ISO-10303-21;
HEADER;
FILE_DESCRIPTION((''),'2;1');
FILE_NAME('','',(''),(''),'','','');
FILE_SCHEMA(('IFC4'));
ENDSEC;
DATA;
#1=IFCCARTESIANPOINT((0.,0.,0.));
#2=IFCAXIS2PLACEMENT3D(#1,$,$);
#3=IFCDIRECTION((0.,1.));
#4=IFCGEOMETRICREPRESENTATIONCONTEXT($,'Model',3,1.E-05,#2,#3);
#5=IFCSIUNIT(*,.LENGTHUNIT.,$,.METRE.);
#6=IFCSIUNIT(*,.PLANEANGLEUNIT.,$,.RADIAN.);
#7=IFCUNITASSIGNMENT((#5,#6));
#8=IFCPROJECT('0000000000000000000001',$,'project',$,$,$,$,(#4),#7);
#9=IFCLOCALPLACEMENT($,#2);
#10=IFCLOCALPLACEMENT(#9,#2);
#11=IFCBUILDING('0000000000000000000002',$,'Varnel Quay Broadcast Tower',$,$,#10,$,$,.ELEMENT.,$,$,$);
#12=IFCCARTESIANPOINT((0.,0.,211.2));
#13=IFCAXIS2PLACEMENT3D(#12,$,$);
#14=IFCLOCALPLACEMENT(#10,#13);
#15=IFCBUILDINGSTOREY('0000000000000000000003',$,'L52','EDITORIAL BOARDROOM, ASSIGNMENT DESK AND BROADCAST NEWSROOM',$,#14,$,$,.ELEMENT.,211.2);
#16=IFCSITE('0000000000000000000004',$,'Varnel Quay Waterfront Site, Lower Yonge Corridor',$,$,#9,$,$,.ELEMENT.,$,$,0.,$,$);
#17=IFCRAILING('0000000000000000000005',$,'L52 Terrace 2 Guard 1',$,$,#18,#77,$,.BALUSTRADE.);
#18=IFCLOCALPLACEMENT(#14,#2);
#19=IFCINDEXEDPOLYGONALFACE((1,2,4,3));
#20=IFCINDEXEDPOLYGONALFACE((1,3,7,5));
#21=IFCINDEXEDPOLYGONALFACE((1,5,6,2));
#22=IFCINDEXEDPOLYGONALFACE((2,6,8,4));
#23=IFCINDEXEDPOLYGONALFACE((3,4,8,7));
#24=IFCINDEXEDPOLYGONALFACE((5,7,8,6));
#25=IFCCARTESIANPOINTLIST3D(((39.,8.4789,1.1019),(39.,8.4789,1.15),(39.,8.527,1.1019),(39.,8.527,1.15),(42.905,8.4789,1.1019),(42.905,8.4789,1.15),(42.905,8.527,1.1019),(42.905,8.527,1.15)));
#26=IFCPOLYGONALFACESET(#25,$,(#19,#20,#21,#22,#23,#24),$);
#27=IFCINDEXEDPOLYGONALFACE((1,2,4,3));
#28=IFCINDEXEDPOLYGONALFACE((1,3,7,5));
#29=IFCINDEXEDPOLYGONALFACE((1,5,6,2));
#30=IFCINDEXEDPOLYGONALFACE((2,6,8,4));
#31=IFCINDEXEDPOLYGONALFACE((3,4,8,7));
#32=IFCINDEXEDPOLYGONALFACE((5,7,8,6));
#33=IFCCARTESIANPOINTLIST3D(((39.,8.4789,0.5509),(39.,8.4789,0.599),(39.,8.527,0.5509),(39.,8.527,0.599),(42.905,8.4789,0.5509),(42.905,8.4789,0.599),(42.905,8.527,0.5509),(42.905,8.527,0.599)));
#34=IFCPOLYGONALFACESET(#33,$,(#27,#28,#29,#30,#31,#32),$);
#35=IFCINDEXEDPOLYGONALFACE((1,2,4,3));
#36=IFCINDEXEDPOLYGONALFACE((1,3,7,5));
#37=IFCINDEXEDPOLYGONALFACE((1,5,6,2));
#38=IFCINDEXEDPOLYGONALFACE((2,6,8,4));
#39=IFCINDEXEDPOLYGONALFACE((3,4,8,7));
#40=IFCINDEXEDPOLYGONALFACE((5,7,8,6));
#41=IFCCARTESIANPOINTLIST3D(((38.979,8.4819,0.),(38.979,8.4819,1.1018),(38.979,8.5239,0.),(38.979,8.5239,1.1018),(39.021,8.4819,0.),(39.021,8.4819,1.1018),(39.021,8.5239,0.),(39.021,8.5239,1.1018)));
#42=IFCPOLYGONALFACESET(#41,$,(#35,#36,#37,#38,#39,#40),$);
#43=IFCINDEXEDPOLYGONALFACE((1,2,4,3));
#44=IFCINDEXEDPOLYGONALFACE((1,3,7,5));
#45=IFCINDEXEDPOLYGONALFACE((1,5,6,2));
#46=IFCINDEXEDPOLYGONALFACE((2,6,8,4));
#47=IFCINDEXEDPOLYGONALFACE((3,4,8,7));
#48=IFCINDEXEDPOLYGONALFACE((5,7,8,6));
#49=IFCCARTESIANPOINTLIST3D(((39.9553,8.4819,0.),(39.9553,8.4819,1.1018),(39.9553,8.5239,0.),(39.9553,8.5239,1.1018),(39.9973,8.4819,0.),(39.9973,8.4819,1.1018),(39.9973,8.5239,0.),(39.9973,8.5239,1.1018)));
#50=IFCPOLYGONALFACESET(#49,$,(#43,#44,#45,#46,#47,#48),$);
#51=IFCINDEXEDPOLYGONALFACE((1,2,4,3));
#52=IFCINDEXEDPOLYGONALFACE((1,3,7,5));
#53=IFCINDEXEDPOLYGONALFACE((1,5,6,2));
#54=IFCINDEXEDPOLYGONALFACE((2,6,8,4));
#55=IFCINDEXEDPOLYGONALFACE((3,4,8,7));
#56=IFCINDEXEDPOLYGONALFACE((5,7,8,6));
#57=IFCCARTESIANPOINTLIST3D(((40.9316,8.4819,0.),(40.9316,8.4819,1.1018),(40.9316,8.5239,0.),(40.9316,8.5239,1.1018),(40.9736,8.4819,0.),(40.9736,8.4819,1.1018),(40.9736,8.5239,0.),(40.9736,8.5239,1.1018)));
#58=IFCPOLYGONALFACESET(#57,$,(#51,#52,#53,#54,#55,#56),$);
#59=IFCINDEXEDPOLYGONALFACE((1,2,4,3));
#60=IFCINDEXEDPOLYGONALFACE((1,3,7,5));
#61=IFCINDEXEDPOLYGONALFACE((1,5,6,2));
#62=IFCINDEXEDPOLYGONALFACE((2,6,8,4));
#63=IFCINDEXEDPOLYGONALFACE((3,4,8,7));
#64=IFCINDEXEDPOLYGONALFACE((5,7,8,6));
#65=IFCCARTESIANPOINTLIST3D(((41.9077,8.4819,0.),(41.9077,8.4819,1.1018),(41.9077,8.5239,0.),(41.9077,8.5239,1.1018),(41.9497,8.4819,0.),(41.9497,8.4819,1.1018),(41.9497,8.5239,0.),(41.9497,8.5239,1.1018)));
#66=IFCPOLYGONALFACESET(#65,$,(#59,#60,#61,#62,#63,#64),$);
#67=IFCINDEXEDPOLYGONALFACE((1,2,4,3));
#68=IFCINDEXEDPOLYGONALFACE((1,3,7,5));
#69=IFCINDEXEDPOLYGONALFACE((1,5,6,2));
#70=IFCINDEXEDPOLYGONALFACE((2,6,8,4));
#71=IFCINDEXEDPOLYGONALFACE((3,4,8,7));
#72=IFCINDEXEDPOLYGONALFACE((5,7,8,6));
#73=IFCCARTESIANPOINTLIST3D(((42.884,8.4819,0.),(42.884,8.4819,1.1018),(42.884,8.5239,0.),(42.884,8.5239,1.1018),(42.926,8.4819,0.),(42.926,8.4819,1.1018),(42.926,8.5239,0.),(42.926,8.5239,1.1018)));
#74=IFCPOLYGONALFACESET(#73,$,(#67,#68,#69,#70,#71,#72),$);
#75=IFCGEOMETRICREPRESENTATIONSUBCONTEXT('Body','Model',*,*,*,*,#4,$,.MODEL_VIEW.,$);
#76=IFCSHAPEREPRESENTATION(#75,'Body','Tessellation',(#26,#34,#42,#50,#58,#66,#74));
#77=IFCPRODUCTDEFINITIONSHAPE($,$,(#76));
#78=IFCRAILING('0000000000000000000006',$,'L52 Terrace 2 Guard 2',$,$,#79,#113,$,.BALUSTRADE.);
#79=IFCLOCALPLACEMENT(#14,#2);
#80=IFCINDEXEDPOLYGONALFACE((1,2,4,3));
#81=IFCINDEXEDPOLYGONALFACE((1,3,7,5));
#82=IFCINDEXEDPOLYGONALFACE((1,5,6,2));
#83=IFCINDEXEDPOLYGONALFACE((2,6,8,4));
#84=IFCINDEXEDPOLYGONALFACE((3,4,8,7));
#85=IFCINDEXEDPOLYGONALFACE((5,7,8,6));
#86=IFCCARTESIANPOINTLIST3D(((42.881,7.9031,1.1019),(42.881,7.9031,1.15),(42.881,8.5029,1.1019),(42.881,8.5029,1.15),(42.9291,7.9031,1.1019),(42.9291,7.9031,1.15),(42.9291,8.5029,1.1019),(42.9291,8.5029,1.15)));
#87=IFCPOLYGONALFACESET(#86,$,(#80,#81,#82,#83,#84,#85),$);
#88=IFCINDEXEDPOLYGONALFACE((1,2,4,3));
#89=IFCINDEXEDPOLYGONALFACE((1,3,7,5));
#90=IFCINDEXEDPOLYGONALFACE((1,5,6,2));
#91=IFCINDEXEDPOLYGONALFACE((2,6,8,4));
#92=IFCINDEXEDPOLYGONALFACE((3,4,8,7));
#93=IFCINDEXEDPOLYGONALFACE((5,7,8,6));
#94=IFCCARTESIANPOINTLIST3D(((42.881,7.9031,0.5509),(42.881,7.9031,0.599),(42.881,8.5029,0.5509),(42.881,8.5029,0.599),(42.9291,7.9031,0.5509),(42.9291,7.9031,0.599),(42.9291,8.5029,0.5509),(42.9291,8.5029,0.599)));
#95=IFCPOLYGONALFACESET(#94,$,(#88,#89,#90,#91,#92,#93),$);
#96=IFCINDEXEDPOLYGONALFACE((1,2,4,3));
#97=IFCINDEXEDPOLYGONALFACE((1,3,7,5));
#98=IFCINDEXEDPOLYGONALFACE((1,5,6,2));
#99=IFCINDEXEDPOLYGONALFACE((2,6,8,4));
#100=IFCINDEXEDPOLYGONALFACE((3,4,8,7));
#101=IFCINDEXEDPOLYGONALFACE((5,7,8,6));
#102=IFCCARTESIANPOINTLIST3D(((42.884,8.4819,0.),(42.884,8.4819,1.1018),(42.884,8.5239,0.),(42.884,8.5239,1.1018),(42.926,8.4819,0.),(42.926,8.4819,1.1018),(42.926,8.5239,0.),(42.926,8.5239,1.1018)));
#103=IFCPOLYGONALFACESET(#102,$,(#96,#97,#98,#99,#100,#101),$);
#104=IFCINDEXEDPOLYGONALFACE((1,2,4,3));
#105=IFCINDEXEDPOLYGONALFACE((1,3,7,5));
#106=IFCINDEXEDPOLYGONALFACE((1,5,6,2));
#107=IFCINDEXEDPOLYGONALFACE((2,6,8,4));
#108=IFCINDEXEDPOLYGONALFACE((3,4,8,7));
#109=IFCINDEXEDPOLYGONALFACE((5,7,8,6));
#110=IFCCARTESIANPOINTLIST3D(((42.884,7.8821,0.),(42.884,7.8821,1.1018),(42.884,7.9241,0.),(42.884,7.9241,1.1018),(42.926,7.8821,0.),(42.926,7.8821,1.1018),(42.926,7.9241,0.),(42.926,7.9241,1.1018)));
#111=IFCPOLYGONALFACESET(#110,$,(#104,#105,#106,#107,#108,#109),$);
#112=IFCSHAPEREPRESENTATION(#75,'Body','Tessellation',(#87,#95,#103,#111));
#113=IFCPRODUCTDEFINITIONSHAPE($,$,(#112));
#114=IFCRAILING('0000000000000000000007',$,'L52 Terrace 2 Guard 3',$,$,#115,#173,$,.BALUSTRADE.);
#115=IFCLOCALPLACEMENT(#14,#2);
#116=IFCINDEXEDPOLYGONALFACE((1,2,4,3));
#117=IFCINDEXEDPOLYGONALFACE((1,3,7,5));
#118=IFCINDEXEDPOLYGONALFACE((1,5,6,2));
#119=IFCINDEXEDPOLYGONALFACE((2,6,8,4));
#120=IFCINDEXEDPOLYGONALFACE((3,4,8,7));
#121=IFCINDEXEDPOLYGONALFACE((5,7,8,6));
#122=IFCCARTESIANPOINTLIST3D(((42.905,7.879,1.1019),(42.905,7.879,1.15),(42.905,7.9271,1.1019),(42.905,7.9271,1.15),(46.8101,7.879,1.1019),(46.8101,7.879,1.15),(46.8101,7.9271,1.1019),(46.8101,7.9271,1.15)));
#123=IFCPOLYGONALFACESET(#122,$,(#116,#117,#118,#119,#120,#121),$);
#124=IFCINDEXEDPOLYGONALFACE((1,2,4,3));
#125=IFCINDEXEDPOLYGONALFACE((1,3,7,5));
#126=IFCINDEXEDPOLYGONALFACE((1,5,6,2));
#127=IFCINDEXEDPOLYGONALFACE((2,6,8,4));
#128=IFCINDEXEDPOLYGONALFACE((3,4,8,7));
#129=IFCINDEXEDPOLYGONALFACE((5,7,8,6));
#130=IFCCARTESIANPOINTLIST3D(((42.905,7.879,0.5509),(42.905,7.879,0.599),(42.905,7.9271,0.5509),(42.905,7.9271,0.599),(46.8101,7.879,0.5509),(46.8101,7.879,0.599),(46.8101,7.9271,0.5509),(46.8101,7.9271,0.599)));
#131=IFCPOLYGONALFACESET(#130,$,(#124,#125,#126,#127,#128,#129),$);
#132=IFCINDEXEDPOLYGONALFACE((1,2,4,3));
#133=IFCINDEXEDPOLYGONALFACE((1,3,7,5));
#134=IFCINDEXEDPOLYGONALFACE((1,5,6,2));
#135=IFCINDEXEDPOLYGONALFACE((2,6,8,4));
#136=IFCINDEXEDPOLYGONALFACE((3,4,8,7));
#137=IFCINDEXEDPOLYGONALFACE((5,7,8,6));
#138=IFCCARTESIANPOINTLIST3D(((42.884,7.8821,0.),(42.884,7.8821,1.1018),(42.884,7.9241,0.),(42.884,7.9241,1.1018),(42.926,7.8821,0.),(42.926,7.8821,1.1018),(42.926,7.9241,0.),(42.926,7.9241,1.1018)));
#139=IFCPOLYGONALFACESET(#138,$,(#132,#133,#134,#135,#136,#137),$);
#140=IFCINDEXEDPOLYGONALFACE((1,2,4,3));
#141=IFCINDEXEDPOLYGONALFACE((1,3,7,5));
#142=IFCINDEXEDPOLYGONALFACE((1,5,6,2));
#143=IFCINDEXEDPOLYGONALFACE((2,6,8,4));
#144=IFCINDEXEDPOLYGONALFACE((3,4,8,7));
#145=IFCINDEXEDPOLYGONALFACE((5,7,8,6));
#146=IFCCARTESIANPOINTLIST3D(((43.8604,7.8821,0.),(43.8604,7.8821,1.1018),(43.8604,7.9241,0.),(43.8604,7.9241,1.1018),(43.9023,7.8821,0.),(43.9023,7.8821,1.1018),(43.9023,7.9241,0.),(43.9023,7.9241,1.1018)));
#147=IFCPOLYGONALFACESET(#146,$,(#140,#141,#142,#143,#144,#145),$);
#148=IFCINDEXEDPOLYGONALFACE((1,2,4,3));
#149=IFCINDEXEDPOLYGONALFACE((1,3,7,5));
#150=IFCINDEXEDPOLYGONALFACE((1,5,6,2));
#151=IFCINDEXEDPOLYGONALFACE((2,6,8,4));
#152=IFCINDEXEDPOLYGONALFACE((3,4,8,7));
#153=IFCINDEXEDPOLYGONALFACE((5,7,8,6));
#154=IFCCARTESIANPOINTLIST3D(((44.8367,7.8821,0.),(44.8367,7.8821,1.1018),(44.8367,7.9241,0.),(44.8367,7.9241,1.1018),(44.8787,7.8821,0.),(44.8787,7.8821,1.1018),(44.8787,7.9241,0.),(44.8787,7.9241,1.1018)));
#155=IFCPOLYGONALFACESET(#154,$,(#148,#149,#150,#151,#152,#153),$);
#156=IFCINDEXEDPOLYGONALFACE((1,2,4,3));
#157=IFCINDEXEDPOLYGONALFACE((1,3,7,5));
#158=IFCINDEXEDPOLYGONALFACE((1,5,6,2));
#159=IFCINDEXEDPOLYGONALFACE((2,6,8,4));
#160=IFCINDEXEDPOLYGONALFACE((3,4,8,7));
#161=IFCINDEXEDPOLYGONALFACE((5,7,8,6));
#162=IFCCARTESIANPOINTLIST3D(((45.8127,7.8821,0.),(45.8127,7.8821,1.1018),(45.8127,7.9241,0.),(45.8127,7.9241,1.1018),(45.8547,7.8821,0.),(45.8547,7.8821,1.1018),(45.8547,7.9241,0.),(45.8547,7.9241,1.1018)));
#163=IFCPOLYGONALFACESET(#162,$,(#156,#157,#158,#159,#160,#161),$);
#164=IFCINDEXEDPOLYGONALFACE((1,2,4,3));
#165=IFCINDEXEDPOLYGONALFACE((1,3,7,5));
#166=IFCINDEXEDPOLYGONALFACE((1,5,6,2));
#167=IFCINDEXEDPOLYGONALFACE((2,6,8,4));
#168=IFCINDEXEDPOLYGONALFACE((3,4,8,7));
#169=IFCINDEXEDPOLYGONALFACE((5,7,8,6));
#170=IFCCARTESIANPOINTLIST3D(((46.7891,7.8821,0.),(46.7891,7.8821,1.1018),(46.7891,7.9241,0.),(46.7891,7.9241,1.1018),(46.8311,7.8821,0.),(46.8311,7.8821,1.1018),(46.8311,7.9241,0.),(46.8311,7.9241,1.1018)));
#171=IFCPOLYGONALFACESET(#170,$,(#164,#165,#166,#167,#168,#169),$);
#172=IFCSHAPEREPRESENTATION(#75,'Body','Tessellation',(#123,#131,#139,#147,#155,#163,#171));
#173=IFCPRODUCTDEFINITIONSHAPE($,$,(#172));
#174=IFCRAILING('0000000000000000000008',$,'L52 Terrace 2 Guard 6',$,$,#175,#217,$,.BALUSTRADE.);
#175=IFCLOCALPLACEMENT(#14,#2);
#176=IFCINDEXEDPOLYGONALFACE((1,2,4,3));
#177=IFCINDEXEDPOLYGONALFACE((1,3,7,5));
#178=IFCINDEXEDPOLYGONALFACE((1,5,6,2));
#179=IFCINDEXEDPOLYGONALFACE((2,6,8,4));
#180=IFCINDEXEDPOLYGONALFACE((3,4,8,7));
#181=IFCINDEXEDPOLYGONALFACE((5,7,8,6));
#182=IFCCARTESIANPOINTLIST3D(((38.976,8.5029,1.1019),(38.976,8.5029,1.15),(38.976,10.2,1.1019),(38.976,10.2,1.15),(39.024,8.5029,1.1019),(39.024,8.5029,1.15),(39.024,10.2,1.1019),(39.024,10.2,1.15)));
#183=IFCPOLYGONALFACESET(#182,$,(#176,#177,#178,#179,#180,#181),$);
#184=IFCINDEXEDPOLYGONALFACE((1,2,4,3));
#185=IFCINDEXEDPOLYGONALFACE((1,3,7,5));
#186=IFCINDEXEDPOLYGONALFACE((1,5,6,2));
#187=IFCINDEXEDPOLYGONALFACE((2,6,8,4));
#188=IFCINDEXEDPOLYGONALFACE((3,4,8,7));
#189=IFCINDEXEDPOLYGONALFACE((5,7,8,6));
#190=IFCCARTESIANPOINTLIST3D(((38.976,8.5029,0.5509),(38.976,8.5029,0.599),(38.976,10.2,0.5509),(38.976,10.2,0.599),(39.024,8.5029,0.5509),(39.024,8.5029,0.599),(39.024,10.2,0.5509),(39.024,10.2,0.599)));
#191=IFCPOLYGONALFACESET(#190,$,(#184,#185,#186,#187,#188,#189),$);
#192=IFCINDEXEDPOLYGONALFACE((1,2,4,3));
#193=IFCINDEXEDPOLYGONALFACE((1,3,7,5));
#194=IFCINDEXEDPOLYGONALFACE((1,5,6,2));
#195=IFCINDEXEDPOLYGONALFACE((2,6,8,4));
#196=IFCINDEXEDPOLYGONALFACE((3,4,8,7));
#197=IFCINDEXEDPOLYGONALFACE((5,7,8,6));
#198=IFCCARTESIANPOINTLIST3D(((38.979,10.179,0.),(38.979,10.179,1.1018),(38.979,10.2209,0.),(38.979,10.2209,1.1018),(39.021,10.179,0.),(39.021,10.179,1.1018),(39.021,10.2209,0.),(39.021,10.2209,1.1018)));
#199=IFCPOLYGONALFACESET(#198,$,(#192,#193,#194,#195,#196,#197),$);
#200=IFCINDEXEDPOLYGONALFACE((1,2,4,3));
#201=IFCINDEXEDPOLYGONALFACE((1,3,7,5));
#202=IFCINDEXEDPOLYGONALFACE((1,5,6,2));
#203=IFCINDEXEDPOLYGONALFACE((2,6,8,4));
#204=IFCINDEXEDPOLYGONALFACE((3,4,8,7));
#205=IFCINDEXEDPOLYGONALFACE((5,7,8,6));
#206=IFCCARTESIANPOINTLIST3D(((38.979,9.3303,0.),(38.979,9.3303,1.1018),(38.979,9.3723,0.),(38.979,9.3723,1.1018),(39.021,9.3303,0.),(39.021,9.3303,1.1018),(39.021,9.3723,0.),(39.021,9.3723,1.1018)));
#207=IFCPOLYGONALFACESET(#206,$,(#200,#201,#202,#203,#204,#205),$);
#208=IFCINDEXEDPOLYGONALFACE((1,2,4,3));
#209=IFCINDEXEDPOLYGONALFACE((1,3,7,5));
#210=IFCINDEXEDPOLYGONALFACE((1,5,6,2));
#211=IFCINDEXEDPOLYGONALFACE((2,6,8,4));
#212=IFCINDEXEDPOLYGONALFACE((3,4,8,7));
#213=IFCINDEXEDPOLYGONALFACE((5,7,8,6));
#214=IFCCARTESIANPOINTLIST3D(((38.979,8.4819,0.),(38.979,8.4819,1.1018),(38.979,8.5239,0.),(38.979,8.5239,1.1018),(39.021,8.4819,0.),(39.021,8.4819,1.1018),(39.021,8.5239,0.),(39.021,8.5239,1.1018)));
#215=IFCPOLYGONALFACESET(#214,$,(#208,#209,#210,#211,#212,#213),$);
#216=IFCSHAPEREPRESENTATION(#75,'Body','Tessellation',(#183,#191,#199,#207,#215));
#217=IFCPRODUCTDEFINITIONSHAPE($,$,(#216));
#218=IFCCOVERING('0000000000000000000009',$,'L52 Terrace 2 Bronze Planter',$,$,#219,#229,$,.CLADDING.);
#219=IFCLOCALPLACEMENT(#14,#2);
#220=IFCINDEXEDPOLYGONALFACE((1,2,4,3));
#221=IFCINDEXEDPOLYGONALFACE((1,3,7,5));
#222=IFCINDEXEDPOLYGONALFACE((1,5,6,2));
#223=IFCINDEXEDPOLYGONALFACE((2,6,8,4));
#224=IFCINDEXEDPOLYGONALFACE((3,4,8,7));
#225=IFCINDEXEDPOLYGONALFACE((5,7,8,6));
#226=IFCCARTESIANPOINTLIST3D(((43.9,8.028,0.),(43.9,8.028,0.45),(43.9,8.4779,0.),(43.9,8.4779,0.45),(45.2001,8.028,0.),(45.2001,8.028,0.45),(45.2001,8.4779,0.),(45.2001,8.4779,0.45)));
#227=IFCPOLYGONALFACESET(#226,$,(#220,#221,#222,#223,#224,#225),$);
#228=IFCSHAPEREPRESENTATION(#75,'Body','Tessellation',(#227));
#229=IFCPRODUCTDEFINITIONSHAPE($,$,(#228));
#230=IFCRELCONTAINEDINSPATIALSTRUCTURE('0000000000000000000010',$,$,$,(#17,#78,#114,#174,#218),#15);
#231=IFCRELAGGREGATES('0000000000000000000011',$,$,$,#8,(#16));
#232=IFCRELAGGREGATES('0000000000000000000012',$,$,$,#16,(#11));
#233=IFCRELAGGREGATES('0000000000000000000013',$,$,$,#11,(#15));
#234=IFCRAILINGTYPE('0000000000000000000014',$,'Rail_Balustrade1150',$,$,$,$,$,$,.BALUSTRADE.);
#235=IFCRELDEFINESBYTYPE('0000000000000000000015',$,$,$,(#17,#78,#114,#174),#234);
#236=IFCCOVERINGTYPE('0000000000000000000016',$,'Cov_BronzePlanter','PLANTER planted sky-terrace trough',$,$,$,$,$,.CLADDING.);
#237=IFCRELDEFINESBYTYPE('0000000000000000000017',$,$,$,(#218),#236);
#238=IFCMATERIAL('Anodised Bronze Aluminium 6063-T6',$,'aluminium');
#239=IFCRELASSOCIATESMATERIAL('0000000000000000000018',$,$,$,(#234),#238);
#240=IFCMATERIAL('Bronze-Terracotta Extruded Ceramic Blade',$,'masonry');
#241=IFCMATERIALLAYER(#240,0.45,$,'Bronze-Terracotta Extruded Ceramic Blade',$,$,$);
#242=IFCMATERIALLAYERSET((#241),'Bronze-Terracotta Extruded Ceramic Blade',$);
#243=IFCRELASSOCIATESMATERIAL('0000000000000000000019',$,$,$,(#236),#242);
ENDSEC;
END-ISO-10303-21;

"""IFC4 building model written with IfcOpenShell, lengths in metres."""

from ifc_helpers import new_model, si_unit, direction, frame, origin, origin_2d, place, context, subcontext, project, spatial, rectangle, extrude, source, transform, mapped, material, layer, layer_set, type_object, type_shapes, element, save


model = new_model("IFC4")

# Units and contexts
model_context = context("Model", 3, precision=1e-05, world=origin(), true_north=direction((0.0, 1.0)))
body_context = subcontext(model_context, "Body", "Model", "MODEL_VIEW")
ifc_project = project(units=[si_unit("LENGTHUNIT", "METRE"), si_unit("PLANEANGLEUNIT", "RADIAN")], contexts=[model_context])

# Site, building, storey
site_placement = place(None, origin())
site = spatial("IfcSite", under=ifc_project, at=site_placement, Name="Varnel Quay Waterfront Site, Lower Yonge Corridor", CompositionType="ELEMENT", RefElevation=0.0)
building_placement = place(site_placement, origin())
building = spatial("IfcBuilding", under=site, at=building_placement, Name="Varnel Quay Broadcast Tower", CompositionType="ELEMENT")
storey_placement = place(building_placement, frame((0.0, 0.0, 211.2)))
storey = spatial("IfcBuildingStorey", under=building, at=storey_placement, Name="L52", Description="EDITORIAL BOARDROOM, ASSIGNMENT DESK AND BROADCAST NEWSROOM", CompositionType="ELEMENT", Elevation=211.2)

# Shared definitions
ifc_material_1 = material(Name="Anodised Bronze Aluminium 6063-T6", Category="aluminium")

# Railings
railing_type = type_object("IfcRailingType", Name="Rail_Balustrade1150", PredefinedType="BALUSTRADE", material=ifc_material_1)
railing_1_placement = place(storey_placement, frame((39.0, 8.5029, 0.0)))
element("IfcRailing", 1, at=railing_1_placement, inside=storey, type_object=railing_type, Name="L52 Terrace 2 Guard 1", PredefinedType="BALUSTRADE", context=body_context, shape_type="SweptSolid", body=[
    extrude(rectangle(XDim=0.0481, YDim=0.0481, at=origin_2d()), frame((0.0, 0.0, 1.126), z_axis=(1.0, 0.0, 0.0), x_axis=(0.0, 1.0, 0.0)), (0.0, 0.0, 1.0), 3.905),
    extrude(rectangle(XDim=0.0481, YDim=0.0481, at=origin_2d()), frame((0.0, 0.0, 0.575), z_axis=(1.0, 0.0, 0.0), x_axis=(0.0, 1.0, 0.0)), (0.0, 0.0, 1.0), 3.905),
    extrude(rectangle(XDim=0.042, YDim=0.042, at=origin_2d()), origin(), (0.0, 0.0, 1.0), 1.1018),
    extrude(rectangle(XDim=0.042, YDim=0.042, at=origin_2d()), frame((0.9763, 0.0, 0.0)), (0.0, 0.0, 1.0), 1.1018),
    extrude(rectangle(XDim=0.042, YDim=0.042, at=origin_2d()), frame((1.9526, 0.0, 0.0)), (0.0, 0.0, 1.0), 1.1018),
    extrude(rectangle(XDim=0.042, YDim=0.042, at=origin_2d()), frame((2.9287, 0.0, 0.0)), (0.0, 0.0, 1.0), 1.1018),
    extrude(rectangle(XDim=0.042, YDim=0.042, at=origin_2d()), frame((3.905, 0.0, 0.0)), (0.0, 0.0, 1.0), 1.1018),
])
railing_2_placement = place(storey_placement, frame((42.905, 8.5029, 0.0)))
element("IfcRailing", 2, at=railing_2_placement, inside=storey, type_object=railing_type, Name="L52 Terrace 2 Guard 2", PredefinedType="BALUSTRADE", context=body_context, shape_type="SweptSolid", body=[
    extrude(rectangle(XDim=0.0481, YDim=0.0481, at=origin_2d()), frame((0.0, 0.0, 1.126), z_axis=(0.0, -1.0, 0.0), x_axis=(1.0, 0.0, 0.0)), (0.0, 0.0, 1.0), 0.5999),
    extrude(rectangle(XDim=0.0481, YDim=0.0481, at=origin_2d()), frame((0.0, 0.0, 0.575), z_axis=(0.0, -1.0, 0.0), x_axis=(1.0, 0.0, 0.0)), (0.0, 0.0, 1.0), 0.5999),
    extrude(rectangle(XDim=0.042, YDim=0.042, at=origin_2d()), origin(), (0.0, 0.0, 1.0), 1.1018),
    extrude(rectangle(XDim=0.042, YDim=0.042, at=origin_2d()), frame((0.0, -0.5999, 0.0)), (0.0, 0.0, 1.0), 1.1018),
])
railing_3_placement = place(storey_placement, frame((42.905, 7.9031, 0.0)))
element("IfcRailing", 3, at=railing_3_placement, inside=storey, type_object=railing_type, Name="L52 Terrace 2 Guard 3", PredefinedType="BALUSTRADE", context=body_context, shape_type="SweptSolid", body=[
    extrude(rectangle(XDim=0.0481, YDim=0.0481, at=origin_2d()), frame((0.0, 0.0, 1.126), z_axis=(1.0, 0.0, 0.0), x_axis=(0.0, 1.0, 0.0)), (0.0, 0.0, 1.0), 3.905),
    extrude(rectangle(XDim=0.0481, YDim=0.0481, at=origin_2d()), frame((0.0, 0.0, 0.575), z_axis=(1.0, 0.0, 0.0), x_axis=(0.0, 1.0, 0.0)), (0.0, 0.0, 1.0), 3.905),
    extrude(rectangle(XDim=0.042, YDim=0.042, at=origin_2d()), origin(), (0.0, 0.0, 1.0), 1.1018),
    extrude(rectangle(XDim=0.042, YDim=0.042, at=origin_2d()), frame((0.9763, 0.0, 0.0)), (0.0, 0.0, 1.0), 1.1018),
    extrude(rectangle(XDim=0.042, YDim=0.042, at=origin_2d()), frame((1.9526, 0.0, 0.0)), (0.0, 0.0, 1.0), 1.1018),
    extrude(rectangle(XDim=0.042, YDim=0.042, at=origin_2d()), frame((2.9287, 0.0, 0.0)), (0.0, 0.0, 1.0), 1.1018),
    extrude(rectangle(XDim=0.042, YDim=0.042, at=origin_2d()), frame((3.905, 0.0, 0.0)), (0.0, 0.0, 1.0), 1.1018),
])
railing_4_placement = place(storey_placement, frame((39.0, 10.2, 0.0)))
element("IfcRailing", 4, at=railing_4_placement, inside=storey, type_object=railing_type, Name="L52 Terrace 2 Guard 6", PredefinedType="BALUSTRADE", context=body_context, shape_type="SweptSolid", body=[
    extrude(rectangle(XDim=0.0481, YDim=0.0481, at=origin_2d()), frame((0.0, 0.0, 1.126), z_axis=(0.0, -1.0, 0.0), x_axis=(1.0, 0.0, 0.0)), (0.0, 0.0, 1.0), 1.697),
    extrude(rectangle(XDim=0.0481, YDim=0.0481, at=origin_2d()), frame((0.0, 0.0, 0.575), z_axis=(0.0, -1.0, 0.0), x_axis=(1.0, 0.0, 0.0)), (0.0, 0.0, 1.0), 1.697),
    extrude(rectangle(XDim=0.042, YDim=0.042, at=origin_2d()), origin(), (0.0, 0.0, 1.0), 1.1018),
    extrude(rectangle(XDim=0.042, YDim=0.042, at=origin_2d()), frame((0.0, -0.8486, 0.0)), (0.0, 0.0, 1.0), 1.1018),
    extrude(rectangle(XDim=0.042, YDim=0.042, at=origin_2d()), frame((0.0, -1.697, 0.0)), (0.0, 0.0, 1.0), 1.1018),
])

# Covering
ifc_material_2 = material(Name="Bronze-Terracotta Extruded Ceramic Blade", Category="masonry")
ifc_layer_1 = layer(ifc_material_2, 0.45, Name="Bronze-Terracotta Extruded Ceramic Blade")
ifc_layer_set_1 = layer_set([ifc_layer_1], Name="Bronze-Terracotta Extruded Ceramic Blade")
covering_type = type_object("IfcCoveringType", Name="Cov_BronzePlanter", Description="PLANTER planted sky-terrace trough", PredefinedType="CLADDING", material=ifc_layer_set_1)
shared_shape_1 = source(origin(), body_context, "Body", "SweptSolid", [
    extrude(rectangle(XDim=1.3, YDim=0.45, at=origin_2d()), origin(), (0.0, 0.0, 1.0), 0.45),
])
type_shapes(covering_type, [shared_shape_1])
covering_placement = place(storey_placement, frame((44.55, 8.2529, 0.0), z_axis=(0.0, 0.0, 1.0), x_axis=(1.0, 0.0, 0.0)))
element("IfcCovering", 5, at=covering_placement, inside=storey, type_object=covering_type, Name="L52 Terrace 2 Bronze Planter", PredefinedType="CLADDING", context=body_context, shape_type="MappedRepresentation", body=[
    mapped(shared_shape_1, transform((0.0, 0.0, 0.0), x_axis=(1.0, 0.0, 0.0), y_axis=(0.0, 1.0, 0.0), z_axis=(0.0, 0.0, 1.0), scale=1.0)),
])

save(model, "model.ifc")
